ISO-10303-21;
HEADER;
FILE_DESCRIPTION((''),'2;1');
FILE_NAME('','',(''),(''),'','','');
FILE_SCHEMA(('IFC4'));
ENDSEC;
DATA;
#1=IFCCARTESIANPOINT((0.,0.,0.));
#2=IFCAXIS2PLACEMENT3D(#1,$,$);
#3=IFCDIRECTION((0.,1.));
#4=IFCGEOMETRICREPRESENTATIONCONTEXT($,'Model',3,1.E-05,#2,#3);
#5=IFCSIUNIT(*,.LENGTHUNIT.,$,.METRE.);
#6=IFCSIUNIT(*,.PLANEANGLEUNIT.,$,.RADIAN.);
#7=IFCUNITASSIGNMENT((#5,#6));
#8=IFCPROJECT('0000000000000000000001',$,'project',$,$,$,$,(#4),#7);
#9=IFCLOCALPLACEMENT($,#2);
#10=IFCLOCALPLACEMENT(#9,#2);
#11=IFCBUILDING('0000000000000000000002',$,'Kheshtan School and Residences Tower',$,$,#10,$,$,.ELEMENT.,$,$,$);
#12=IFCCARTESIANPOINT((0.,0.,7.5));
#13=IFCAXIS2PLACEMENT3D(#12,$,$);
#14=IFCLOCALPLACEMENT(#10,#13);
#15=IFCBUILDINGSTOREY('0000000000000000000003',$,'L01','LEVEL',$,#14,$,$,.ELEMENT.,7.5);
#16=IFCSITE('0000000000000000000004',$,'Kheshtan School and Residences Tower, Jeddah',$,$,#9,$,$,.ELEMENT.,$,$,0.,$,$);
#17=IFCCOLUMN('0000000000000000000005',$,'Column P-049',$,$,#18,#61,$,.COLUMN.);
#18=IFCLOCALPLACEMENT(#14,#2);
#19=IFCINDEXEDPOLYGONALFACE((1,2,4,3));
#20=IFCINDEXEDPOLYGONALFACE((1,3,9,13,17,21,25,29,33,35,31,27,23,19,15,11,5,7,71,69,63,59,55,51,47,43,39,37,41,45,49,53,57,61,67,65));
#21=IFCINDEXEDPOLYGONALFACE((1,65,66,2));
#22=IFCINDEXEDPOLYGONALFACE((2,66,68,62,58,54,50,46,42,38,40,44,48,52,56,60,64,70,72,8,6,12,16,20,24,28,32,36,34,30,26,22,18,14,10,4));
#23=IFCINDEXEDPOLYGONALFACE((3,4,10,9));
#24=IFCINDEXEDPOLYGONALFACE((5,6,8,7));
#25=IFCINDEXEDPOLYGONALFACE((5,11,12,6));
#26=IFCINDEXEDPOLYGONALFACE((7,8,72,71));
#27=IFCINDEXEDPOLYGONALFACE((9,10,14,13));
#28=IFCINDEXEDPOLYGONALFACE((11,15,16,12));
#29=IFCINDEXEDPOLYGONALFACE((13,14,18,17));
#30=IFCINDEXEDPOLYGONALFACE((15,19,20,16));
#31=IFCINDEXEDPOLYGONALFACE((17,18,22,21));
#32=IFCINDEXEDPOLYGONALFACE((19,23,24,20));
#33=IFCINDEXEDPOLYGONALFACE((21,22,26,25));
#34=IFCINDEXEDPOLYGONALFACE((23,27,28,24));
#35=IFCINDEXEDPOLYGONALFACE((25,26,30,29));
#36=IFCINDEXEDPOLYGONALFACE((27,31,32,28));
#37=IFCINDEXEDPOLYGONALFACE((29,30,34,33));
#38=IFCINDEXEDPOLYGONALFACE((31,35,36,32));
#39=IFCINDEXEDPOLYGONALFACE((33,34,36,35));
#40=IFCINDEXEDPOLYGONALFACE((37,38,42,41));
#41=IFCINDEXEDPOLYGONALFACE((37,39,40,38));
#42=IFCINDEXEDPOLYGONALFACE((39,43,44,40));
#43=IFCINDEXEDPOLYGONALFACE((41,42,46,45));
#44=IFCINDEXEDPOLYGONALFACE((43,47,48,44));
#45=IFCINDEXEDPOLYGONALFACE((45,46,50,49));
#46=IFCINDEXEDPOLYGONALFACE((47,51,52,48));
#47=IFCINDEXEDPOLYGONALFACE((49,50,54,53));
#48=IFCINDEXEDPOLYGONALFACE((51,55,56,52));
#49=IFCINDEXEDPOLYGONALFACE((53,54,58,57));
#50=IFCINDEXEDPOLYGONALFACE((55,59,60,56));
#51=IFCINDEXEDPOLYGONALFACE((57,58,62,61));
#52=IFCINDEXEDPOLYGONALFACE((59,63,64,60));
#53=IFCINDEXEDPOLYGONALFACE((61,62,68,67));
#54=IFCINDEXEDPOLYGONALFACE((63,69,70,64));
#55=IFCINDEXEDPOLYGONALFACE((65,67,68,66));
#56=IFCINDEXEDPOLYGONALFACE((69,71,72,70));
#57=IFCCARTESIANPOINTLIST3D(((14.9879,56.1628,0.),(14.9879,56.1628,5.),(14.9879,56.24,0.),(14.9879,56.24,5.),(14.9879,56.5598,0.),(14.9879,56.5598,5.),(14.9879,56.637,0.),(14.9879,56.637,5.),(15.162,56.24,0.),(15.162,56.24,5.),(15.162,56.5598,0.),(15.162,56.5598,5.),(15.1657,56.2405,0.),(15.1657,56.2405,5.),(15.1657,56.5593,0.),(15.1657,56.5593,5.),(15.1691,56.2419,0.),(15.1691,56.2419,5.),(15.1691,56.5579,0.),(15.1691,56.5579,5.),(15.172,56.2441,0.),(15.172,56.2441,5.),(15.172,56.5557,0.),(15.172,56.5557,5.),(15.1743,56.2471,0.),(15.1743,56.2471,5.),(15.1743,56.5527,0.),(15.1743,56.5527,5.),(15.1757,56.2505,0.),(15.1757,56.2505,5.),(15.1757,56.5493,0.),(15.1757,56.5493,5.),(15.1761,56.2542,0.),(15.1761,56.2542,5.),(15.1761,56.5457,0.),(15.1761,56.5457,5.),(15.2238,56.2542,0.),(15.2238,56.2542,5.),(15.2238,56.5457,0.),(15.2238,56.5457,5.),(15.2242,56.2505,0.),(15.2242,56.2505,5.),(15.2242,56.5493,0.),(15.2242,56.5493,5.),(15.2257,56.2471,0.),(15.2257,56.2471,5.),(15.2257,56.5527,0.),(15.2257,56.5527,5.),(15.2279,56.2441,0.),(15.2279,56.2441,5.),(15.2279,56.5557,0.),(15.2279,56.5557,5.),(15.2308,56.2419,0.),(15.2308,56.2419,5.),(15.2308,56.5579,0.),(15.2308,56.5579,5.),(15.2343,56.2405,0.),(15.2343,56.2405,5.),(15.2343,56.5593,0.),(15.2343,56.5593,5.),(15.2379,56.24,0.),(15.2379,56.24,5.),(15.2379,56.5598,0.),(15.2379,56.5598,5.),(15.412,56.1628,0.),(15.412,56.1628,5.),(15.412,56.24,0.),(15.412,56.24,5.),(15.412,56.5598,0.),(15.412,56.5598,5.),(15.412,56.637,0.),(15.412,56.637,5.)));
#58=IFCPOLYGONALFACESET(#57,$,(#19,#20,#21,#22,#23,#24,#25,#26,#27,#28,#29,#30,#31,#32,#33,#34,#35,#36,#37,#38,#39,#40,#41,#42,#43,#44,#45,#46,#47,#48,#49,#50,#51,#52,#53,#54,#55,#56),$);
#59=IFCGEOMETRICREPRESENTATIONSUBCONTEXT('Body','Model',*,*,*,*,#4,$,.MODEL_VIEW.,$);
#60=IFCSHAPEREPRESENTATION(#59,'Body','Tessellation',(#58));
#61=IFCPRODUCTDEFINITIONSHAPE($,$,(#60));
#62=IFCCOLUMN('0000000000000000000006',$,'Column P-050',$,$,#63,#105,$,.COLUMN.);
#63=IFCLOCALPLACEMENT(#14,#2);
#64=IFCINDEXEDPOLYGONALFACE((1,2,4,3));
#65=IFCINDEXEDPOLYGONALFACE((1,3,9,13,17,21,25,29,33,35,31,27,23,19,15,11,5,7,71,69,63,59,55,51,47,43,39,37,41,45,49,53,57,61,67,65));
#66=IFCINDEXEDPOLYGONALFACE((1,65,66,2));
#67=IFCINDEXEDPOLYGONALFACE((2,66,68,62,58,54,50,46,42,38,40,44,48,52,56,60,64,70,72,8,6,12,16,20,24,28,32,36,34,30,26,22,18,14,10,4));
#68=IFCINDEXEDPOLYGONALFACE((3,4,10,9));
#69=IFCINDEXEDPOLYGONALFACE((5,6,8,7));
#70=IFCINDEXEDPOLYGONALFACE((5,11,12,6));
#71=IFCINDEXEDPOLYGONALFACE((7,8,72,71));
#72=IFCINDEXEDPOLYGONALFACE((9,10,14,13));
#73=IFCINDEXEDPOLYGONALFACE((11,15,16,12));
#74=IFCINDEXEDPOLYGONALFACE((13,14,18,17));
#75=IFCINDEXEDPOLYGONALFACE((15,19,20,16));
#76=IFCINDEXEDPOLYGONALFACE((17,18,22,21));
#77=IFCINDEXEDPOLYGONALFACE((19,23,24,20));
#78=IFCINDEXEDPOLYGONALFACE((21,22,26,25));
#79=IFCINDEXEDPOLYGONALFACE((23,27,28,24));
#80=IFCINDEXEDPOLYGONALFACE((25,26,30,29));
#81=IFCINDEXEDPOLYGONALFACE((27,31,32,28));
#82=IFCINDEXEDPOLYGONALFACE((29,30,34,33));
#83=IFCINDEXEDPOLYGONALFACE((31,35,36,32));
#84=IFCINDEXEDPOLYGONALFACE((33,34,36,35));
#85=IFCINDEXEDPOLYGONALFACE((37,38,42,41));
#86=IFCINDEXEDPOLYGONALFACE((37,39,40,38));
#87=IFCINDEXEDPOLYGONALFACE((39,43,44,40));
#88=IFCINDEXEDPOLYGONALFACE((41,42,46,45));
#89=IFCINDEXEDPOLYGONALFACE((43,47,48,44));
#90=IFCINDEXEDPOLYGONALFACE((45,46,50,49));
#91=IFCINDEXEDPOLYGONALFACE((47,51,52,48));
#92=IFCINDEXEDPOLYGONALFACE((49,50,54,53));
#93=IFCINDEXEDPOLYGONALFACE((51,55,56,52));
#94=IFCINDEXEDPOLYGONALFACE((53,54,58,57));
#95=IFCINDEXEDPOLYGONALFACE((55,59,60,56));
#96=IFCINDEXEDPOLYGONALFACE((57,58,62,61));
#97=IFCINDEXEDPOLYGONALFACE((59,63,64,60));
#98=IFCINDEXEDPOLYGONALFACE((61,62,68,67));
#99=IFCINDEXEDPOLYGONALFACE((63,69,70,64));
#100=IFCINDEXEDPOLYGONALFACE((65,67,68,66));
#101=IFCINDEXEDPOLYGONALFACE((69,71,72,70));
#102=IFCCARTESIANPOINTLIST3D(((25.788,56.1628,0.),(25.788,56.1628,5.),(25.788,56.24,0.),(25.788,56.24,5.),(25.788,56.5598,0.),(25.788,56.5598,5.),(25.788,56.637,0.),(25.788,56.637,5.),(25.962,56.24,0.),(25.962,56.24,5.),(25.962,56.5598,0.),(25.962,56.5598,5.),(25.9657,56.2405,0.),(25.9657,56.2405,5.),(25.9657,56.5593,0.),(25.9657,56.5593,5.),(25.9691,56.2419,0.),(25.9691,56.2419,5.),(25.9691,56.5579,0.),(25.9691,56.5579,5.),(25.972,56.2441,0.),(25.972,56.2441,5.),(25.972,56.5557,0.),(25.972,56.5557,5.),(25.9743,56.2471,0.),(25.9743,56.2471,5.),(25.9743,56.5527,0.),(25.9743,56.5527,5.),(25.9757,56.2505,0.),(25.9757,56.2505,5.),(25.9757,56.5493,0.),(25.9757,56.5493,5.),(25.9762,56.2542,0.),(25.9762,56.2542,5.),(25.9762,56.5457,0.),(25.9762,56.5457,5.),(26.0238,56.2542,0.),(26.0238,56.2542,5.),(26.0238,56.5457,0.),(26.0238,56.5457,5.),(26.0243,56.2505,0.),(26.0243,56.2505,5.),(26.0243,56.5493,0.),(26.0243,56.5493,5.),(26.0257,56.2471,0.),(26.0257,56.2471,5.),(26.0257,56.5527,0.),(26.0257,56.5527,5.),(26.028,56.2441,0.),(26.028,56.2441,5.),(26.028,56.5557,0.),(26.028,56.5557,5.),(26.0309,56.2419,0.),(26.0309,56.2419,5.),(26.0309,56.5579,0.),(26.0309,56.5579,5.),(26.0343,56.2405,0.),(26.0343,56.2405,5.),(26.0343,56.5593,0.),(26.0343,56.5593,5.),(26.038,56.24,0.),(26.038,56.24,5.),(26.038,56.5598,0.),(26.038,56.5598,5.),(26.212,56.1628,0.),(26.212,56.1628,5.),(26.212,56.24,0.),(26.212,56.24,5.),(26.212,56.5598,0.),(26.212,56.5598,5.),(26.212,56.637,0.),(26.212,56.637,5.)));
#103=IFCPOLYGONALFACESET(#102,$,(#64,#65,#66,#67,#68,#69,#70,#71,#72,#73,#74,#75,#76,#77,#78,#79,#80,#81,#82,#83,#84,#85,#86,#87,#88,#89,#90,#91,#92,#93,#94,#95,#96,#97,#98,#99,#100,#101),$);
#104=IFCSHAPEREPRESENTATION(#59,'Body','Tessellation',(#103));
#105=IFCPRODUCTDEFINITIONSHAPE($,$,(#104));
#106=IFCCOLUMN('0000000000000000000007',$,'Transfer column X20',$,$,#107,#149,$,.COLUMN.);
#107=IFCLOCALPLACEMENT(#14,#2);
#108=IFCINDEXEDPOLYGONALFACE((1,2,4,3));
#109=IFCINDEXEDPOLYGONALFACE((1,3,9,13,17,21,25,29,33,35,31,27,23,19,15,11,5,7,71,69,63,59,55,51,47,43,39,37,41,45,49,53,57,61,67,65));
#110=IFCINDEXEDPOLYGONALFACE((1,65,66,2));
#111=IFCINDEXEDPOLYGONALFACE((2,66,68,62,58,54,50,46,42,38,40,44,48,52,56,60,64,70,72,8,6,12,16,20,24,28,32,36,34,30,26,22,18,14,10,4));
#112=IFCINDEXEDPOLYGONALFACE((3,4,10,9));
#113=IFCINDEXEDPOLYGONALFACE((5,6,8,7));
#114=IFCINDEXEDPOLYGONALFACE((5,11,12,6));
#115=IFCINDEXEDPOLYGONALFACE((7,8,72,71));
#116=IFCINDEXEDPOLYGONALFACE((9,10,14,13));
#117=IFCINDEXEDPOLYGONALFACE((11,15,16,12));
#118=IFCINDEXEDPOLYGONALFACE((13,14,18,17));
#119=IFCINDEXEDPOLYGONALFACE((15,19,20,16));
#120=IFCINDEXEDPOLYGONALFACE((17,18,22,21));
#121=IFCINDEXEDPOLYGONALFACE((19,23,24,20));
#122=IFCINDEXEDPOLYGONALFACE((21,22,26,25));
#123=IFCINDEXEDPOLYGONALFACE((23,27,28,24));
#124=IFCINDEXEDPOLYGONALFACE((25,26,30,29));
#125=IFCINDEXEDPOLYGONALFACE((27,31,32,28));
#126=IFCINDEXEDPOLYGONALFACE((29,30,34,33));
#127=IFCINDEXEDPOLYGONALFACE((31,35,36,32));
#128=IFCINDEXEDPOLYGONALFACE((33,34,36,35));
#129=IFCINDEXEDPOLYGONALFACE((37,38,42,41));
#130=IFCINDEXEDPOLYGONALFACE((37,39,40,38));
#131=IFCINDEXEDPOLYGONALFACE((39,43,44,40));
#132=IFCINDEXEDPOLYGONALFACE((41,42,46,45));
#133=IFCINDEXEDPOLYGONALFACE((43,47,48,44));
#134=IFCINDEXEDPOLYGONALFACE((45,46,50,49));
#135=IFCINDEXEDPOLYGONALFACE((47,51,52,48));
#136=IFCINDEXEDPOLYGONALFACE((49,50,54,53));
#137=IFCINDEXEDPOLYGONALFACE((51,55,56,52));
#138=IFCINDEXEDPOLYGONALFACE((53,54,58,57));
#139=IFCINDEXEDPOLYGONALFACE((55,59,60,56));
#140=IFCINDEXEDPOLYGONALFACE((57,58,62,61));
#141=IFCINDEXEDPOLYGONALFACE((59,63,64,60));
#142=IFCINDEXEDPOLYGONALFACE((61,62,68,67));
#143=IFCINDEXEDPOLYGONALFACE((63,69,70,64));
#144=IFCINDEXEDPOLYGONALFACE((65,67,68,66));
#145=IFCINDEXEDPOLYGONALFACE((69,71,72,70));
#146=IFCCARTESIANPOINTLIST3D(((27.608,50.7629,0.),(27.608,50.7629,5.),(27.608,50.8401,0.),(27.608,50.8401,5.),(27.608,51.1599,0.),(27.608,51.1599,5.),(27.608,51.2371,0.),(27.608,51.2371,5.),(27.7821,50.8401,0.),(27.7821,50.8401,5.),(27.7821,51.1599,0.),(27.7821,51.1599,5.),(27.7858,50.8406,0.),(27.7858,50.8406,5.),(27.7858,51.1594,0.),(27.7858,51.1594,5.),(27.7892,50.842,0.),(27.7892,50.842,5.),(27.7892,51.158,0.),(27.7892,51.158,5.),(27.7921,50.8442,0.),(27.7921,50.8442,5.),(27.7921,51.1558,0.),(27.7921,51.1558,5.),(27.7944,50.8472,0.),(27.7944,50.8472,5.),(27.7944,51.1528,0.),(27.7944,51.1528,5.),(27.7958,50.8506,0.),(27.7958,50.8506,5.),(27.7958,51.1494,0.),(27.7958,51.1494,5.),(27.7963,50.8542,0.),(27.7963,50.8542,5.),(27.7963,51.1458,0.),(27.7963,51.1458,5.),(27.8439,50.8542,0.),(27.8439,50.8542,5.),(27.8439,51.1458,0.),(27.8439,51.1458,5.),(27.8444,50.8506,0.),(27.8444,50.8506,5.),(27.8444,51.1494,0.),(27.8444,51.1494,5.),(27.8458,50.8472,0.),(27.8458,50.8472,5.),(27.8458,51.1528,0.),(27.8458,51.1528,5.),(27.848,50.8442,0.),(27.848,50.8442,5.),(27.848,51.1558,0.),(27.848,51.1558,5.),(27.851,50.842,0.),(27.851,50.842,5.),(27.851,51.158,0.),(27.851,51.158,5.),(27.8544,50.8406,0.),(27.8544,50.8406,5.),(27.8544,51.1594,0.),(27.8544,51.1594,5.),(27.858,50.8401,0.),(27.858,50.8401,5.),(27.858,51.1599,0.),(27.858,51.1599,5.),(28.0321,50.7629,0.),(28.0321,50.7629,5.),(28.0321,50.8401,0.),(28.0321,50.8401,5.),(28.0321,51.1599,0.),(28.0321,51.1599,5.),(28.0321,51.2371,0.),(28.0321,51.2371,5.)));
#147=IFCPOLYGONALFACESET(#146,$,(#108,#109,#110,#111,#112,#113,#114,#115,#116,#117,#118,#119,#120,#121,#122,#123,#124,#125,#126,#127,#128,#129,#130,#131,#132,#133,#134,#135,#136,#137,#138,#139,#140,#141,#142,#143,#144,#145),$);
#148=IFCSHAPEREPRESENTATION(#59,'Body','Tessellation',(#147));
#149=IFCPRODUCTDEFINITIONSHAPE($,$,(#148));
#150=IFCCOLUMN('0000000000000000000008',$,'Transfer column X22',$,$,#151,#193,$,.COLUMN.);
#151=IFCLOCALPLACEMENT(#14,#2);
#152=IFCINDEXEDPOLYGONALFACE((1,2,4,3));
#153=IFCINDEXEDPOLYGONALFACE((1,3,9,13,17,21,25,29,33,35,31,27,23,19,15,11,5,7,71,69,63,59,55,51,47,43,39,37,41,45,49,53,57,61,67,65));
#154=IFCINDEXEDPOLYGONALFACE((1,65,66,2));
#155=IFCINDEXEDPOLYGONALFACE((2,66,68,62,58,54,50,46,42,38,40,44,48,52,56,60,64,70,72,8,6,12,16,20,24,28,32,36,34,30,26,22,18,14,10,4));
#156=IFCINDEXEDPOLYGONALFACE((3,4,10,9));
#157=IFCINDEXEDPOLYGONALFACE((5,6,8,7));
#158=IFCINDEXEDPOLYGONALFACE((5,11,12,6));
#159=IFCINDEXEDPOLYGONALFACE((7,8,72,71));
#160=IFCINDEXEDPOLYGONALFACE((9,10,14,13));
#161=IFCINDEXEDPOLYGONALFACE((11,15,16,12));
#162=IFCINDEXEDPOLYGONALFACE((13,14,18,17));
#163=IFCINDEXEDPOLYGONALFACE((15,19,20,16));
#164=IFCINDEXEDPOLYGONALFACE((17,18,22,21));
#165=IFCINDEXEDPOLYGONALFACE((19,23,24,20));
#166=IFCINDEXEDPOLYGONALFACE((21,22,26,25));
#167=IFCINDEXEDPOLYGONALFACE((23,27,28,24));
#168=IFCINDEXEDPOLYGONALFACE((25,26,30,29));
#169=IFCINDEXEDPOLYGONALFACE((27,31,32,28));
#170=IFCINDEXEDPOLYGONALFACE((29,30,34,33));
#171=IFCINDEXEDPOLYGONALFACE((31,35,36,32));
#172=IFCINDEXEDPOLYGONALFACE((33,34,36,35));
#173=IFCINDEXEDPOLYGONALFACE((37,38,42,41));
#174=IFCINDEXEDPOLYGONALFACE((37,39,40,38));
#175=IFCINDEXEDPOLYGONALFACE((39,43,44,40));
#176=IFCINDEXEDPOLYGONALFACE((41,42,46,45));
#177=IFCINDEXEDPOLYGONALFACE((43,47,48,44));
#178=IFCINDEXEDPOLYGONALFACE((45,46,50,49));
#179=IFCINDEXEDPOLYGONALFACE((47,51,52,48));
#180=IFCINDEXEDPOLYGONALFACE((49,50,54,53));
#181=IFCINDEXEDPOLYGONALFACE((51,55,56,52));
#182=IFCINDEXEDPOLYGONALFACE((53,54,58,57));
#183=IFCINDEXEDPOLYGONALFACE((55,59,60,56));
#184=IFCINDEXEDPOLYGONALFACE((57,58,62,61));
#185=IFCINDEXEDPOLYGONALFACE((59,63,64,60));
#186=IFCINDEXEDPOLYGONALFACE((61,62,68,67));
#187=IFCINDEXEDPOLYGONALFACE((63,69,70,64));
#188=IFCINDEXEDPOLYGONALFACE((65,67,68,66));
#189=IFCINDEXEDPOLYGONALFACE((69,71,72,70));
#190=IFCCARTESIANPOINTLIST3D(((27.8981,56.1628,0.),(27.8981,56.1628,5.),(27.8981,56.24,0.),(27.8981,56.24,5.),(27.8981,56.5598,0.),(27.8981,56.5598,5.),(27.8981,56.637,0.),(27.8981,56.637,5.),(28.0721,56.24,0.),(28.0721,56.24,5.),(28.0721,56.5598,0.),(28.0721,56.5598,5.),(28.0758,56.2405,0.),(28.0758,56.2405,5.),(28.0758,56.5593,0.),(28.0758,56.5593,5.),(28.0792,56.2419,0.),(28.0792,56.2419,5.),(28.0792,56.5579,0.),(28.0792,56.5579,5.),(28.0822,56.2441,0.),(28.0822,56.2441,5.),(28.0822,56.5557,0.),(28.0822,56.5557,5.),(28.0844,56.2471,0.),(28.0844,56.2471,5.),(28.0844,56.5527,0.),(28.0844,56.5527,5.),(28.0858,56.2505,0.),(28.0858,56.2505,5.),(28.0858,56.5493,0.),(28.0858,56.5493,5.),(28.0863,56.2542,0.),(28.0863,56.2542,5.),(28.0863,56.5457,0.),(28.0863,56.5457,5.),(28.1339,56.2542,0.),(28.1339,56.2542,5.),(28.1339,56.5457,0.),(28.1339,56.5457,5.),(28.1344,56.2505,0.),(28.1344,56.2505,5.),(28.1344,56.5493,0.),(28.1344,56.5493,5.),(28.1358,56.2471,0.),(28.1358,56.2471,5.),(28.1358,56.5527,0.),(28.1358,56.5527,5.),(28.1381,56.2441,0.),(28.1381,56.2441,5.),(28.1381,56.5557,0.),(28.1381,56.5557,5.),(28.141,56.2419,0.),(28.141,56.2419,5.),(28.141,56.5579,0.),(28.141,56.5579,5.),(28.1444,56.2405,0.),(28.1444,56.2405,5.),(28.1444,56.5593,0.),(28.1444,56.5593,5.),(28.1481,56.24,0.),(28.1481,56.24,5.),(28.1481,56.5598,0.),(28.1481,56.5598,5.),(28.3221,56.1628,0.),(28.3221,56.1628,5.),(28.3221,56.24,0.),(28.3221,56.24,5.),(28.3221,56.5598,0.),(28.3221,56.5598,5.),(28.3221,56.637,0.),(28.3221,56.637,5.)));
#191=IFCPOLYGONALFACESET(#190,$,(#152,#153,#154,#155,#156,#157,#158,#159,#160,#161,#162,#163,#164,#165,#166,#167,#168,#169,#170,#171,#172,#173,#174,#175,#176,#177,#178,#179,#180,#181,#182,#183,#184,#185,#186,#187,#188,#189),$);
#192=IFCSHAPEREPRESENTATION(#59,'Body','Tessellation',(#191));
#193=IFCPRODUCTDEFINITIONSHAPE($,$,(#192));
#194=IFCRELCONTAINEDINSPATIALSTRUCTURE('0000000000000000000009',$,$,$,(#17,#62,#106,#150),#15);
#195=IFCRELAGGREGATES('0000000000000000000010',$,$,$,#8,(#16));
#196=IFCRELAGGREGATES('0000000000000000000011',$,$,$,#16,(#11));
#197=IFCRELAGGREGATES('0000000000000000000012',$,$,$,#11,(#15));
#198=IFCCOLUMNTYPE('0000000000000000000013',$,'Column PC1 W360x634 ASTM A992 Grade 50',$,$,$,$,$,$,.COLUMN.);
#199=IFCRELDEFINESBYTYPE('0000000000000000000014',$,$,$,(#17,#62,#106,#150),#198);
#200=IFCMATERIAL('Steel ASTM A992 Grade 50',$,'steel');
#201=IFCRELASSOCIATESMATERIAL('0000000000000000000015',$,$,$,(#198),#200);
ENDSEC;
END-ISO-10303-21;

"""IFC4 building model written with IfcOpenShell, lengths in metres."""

from ifc_helpers import new_model, si_unit, direction, frame, origin, origin_2d, place, context, subcontext, project, spatial, i_section, extrude, material, material_profile, profile_set, type_object, element, save


model = new_model("IFC4")

# Units and contexts
model_context = context("Model", 3, precision=1e-05, world=origin(), true_north=direction((0.0, 1.0)))
body_context = subcontext(model_context, "Body", "Model", "MODEL_VIEW")
ifc_project = project(units=[si_unit("LENGTHUNIT", "METRE"), si_unit("PLANEANGLEUNIT", "RADIAN")], contexts=[model_context])

# Site, building, storey
site_placement = place(None, origin())
site = spatial("IfcSite", under=ifc_project, at=site_placement, Name="Kheshtan School and Residences Tower, Jeddah", CompositionType="ELEMENT", RefElevation=0.0)
building_placement = place(site_placement, origin())
building = spatial("IfcBuilding", under=site, at=building_placement, Name="Kheshtan School and Residences Tower", CompositionType="ELEMENT")
storey_placement = place(building_placement, frame((0.0, 0.0, 7.5)))
storey = spatial("IfcBuildingStorey", under=building, at=storey_placement, Name="L01", Description="LEVEL", CompositionType="ELEMENT", Elevation=7.5)

# Columns
ifc_material_1 = material(Name="Steel ASTM A992 Grade 50", Category="steel")
ifc_material_profile_1 = material_profile(ifc_material_1, i_section(OverallWidth=0.4241, OverallDepth=0.4741, WebThickness=0.0476, FlangeThickness=0.0771, FilletRadius=0.0142, at=origin_2d()), Name="W360x634")
ifc_profile_set_1 = profile_set([ifc_material_profile_1], Name="Steel ASTM A992 Grade 50")
column_type = type_object("IfcColumnType", Name="Column PC1 W360x634 ASTM A992 Grade 50", PredefinedType="COLUMN", material=ifc_profile_set_1)
for number, where, z_axis, x_axis, name in (
    (1, (15.2, 56.3999, 0.0), (0.0, 0.0, 1.0), (1.0, 0.0, 0.0), "Column P-049"),
    (2, (26.0, 56.3999, 0.0), (0.0, 0.0, 1.0), (1.0, 0.0, 0.0), "Column P-050"),
    (3, (27.8201, 51.0, 0.0), (0.0, 0.0, 1.0), (1.0, 0.0, 0.0), "Transfer column X20"),
    (4, (28.1101, 56.3999, 0.0), (0.0, 0.0, 1.0), (1.0, 0.0, 0.0), "Transfer column X22"),
):
    element("IfcColumn", number, at=place(storey_placement, frame(where, z_axis=z_axis, x_axis=x_axis)), inside=storey, type_object=column_type, Name=name, PredefinedType="COLUMN", context=body_context, shape_type="SweptSolid", body=[
        extrude(i_section(OverallWidth=0.4241, OverallDepth=0.4741, WebThickness=0.0476, FlangeThickness=0.0771, FilletRadius=0.0142, at=origin_2d()), origin(), (0.0, 0.0, 1.0), 5.0),
    ])

save(model, "model.ifc")
